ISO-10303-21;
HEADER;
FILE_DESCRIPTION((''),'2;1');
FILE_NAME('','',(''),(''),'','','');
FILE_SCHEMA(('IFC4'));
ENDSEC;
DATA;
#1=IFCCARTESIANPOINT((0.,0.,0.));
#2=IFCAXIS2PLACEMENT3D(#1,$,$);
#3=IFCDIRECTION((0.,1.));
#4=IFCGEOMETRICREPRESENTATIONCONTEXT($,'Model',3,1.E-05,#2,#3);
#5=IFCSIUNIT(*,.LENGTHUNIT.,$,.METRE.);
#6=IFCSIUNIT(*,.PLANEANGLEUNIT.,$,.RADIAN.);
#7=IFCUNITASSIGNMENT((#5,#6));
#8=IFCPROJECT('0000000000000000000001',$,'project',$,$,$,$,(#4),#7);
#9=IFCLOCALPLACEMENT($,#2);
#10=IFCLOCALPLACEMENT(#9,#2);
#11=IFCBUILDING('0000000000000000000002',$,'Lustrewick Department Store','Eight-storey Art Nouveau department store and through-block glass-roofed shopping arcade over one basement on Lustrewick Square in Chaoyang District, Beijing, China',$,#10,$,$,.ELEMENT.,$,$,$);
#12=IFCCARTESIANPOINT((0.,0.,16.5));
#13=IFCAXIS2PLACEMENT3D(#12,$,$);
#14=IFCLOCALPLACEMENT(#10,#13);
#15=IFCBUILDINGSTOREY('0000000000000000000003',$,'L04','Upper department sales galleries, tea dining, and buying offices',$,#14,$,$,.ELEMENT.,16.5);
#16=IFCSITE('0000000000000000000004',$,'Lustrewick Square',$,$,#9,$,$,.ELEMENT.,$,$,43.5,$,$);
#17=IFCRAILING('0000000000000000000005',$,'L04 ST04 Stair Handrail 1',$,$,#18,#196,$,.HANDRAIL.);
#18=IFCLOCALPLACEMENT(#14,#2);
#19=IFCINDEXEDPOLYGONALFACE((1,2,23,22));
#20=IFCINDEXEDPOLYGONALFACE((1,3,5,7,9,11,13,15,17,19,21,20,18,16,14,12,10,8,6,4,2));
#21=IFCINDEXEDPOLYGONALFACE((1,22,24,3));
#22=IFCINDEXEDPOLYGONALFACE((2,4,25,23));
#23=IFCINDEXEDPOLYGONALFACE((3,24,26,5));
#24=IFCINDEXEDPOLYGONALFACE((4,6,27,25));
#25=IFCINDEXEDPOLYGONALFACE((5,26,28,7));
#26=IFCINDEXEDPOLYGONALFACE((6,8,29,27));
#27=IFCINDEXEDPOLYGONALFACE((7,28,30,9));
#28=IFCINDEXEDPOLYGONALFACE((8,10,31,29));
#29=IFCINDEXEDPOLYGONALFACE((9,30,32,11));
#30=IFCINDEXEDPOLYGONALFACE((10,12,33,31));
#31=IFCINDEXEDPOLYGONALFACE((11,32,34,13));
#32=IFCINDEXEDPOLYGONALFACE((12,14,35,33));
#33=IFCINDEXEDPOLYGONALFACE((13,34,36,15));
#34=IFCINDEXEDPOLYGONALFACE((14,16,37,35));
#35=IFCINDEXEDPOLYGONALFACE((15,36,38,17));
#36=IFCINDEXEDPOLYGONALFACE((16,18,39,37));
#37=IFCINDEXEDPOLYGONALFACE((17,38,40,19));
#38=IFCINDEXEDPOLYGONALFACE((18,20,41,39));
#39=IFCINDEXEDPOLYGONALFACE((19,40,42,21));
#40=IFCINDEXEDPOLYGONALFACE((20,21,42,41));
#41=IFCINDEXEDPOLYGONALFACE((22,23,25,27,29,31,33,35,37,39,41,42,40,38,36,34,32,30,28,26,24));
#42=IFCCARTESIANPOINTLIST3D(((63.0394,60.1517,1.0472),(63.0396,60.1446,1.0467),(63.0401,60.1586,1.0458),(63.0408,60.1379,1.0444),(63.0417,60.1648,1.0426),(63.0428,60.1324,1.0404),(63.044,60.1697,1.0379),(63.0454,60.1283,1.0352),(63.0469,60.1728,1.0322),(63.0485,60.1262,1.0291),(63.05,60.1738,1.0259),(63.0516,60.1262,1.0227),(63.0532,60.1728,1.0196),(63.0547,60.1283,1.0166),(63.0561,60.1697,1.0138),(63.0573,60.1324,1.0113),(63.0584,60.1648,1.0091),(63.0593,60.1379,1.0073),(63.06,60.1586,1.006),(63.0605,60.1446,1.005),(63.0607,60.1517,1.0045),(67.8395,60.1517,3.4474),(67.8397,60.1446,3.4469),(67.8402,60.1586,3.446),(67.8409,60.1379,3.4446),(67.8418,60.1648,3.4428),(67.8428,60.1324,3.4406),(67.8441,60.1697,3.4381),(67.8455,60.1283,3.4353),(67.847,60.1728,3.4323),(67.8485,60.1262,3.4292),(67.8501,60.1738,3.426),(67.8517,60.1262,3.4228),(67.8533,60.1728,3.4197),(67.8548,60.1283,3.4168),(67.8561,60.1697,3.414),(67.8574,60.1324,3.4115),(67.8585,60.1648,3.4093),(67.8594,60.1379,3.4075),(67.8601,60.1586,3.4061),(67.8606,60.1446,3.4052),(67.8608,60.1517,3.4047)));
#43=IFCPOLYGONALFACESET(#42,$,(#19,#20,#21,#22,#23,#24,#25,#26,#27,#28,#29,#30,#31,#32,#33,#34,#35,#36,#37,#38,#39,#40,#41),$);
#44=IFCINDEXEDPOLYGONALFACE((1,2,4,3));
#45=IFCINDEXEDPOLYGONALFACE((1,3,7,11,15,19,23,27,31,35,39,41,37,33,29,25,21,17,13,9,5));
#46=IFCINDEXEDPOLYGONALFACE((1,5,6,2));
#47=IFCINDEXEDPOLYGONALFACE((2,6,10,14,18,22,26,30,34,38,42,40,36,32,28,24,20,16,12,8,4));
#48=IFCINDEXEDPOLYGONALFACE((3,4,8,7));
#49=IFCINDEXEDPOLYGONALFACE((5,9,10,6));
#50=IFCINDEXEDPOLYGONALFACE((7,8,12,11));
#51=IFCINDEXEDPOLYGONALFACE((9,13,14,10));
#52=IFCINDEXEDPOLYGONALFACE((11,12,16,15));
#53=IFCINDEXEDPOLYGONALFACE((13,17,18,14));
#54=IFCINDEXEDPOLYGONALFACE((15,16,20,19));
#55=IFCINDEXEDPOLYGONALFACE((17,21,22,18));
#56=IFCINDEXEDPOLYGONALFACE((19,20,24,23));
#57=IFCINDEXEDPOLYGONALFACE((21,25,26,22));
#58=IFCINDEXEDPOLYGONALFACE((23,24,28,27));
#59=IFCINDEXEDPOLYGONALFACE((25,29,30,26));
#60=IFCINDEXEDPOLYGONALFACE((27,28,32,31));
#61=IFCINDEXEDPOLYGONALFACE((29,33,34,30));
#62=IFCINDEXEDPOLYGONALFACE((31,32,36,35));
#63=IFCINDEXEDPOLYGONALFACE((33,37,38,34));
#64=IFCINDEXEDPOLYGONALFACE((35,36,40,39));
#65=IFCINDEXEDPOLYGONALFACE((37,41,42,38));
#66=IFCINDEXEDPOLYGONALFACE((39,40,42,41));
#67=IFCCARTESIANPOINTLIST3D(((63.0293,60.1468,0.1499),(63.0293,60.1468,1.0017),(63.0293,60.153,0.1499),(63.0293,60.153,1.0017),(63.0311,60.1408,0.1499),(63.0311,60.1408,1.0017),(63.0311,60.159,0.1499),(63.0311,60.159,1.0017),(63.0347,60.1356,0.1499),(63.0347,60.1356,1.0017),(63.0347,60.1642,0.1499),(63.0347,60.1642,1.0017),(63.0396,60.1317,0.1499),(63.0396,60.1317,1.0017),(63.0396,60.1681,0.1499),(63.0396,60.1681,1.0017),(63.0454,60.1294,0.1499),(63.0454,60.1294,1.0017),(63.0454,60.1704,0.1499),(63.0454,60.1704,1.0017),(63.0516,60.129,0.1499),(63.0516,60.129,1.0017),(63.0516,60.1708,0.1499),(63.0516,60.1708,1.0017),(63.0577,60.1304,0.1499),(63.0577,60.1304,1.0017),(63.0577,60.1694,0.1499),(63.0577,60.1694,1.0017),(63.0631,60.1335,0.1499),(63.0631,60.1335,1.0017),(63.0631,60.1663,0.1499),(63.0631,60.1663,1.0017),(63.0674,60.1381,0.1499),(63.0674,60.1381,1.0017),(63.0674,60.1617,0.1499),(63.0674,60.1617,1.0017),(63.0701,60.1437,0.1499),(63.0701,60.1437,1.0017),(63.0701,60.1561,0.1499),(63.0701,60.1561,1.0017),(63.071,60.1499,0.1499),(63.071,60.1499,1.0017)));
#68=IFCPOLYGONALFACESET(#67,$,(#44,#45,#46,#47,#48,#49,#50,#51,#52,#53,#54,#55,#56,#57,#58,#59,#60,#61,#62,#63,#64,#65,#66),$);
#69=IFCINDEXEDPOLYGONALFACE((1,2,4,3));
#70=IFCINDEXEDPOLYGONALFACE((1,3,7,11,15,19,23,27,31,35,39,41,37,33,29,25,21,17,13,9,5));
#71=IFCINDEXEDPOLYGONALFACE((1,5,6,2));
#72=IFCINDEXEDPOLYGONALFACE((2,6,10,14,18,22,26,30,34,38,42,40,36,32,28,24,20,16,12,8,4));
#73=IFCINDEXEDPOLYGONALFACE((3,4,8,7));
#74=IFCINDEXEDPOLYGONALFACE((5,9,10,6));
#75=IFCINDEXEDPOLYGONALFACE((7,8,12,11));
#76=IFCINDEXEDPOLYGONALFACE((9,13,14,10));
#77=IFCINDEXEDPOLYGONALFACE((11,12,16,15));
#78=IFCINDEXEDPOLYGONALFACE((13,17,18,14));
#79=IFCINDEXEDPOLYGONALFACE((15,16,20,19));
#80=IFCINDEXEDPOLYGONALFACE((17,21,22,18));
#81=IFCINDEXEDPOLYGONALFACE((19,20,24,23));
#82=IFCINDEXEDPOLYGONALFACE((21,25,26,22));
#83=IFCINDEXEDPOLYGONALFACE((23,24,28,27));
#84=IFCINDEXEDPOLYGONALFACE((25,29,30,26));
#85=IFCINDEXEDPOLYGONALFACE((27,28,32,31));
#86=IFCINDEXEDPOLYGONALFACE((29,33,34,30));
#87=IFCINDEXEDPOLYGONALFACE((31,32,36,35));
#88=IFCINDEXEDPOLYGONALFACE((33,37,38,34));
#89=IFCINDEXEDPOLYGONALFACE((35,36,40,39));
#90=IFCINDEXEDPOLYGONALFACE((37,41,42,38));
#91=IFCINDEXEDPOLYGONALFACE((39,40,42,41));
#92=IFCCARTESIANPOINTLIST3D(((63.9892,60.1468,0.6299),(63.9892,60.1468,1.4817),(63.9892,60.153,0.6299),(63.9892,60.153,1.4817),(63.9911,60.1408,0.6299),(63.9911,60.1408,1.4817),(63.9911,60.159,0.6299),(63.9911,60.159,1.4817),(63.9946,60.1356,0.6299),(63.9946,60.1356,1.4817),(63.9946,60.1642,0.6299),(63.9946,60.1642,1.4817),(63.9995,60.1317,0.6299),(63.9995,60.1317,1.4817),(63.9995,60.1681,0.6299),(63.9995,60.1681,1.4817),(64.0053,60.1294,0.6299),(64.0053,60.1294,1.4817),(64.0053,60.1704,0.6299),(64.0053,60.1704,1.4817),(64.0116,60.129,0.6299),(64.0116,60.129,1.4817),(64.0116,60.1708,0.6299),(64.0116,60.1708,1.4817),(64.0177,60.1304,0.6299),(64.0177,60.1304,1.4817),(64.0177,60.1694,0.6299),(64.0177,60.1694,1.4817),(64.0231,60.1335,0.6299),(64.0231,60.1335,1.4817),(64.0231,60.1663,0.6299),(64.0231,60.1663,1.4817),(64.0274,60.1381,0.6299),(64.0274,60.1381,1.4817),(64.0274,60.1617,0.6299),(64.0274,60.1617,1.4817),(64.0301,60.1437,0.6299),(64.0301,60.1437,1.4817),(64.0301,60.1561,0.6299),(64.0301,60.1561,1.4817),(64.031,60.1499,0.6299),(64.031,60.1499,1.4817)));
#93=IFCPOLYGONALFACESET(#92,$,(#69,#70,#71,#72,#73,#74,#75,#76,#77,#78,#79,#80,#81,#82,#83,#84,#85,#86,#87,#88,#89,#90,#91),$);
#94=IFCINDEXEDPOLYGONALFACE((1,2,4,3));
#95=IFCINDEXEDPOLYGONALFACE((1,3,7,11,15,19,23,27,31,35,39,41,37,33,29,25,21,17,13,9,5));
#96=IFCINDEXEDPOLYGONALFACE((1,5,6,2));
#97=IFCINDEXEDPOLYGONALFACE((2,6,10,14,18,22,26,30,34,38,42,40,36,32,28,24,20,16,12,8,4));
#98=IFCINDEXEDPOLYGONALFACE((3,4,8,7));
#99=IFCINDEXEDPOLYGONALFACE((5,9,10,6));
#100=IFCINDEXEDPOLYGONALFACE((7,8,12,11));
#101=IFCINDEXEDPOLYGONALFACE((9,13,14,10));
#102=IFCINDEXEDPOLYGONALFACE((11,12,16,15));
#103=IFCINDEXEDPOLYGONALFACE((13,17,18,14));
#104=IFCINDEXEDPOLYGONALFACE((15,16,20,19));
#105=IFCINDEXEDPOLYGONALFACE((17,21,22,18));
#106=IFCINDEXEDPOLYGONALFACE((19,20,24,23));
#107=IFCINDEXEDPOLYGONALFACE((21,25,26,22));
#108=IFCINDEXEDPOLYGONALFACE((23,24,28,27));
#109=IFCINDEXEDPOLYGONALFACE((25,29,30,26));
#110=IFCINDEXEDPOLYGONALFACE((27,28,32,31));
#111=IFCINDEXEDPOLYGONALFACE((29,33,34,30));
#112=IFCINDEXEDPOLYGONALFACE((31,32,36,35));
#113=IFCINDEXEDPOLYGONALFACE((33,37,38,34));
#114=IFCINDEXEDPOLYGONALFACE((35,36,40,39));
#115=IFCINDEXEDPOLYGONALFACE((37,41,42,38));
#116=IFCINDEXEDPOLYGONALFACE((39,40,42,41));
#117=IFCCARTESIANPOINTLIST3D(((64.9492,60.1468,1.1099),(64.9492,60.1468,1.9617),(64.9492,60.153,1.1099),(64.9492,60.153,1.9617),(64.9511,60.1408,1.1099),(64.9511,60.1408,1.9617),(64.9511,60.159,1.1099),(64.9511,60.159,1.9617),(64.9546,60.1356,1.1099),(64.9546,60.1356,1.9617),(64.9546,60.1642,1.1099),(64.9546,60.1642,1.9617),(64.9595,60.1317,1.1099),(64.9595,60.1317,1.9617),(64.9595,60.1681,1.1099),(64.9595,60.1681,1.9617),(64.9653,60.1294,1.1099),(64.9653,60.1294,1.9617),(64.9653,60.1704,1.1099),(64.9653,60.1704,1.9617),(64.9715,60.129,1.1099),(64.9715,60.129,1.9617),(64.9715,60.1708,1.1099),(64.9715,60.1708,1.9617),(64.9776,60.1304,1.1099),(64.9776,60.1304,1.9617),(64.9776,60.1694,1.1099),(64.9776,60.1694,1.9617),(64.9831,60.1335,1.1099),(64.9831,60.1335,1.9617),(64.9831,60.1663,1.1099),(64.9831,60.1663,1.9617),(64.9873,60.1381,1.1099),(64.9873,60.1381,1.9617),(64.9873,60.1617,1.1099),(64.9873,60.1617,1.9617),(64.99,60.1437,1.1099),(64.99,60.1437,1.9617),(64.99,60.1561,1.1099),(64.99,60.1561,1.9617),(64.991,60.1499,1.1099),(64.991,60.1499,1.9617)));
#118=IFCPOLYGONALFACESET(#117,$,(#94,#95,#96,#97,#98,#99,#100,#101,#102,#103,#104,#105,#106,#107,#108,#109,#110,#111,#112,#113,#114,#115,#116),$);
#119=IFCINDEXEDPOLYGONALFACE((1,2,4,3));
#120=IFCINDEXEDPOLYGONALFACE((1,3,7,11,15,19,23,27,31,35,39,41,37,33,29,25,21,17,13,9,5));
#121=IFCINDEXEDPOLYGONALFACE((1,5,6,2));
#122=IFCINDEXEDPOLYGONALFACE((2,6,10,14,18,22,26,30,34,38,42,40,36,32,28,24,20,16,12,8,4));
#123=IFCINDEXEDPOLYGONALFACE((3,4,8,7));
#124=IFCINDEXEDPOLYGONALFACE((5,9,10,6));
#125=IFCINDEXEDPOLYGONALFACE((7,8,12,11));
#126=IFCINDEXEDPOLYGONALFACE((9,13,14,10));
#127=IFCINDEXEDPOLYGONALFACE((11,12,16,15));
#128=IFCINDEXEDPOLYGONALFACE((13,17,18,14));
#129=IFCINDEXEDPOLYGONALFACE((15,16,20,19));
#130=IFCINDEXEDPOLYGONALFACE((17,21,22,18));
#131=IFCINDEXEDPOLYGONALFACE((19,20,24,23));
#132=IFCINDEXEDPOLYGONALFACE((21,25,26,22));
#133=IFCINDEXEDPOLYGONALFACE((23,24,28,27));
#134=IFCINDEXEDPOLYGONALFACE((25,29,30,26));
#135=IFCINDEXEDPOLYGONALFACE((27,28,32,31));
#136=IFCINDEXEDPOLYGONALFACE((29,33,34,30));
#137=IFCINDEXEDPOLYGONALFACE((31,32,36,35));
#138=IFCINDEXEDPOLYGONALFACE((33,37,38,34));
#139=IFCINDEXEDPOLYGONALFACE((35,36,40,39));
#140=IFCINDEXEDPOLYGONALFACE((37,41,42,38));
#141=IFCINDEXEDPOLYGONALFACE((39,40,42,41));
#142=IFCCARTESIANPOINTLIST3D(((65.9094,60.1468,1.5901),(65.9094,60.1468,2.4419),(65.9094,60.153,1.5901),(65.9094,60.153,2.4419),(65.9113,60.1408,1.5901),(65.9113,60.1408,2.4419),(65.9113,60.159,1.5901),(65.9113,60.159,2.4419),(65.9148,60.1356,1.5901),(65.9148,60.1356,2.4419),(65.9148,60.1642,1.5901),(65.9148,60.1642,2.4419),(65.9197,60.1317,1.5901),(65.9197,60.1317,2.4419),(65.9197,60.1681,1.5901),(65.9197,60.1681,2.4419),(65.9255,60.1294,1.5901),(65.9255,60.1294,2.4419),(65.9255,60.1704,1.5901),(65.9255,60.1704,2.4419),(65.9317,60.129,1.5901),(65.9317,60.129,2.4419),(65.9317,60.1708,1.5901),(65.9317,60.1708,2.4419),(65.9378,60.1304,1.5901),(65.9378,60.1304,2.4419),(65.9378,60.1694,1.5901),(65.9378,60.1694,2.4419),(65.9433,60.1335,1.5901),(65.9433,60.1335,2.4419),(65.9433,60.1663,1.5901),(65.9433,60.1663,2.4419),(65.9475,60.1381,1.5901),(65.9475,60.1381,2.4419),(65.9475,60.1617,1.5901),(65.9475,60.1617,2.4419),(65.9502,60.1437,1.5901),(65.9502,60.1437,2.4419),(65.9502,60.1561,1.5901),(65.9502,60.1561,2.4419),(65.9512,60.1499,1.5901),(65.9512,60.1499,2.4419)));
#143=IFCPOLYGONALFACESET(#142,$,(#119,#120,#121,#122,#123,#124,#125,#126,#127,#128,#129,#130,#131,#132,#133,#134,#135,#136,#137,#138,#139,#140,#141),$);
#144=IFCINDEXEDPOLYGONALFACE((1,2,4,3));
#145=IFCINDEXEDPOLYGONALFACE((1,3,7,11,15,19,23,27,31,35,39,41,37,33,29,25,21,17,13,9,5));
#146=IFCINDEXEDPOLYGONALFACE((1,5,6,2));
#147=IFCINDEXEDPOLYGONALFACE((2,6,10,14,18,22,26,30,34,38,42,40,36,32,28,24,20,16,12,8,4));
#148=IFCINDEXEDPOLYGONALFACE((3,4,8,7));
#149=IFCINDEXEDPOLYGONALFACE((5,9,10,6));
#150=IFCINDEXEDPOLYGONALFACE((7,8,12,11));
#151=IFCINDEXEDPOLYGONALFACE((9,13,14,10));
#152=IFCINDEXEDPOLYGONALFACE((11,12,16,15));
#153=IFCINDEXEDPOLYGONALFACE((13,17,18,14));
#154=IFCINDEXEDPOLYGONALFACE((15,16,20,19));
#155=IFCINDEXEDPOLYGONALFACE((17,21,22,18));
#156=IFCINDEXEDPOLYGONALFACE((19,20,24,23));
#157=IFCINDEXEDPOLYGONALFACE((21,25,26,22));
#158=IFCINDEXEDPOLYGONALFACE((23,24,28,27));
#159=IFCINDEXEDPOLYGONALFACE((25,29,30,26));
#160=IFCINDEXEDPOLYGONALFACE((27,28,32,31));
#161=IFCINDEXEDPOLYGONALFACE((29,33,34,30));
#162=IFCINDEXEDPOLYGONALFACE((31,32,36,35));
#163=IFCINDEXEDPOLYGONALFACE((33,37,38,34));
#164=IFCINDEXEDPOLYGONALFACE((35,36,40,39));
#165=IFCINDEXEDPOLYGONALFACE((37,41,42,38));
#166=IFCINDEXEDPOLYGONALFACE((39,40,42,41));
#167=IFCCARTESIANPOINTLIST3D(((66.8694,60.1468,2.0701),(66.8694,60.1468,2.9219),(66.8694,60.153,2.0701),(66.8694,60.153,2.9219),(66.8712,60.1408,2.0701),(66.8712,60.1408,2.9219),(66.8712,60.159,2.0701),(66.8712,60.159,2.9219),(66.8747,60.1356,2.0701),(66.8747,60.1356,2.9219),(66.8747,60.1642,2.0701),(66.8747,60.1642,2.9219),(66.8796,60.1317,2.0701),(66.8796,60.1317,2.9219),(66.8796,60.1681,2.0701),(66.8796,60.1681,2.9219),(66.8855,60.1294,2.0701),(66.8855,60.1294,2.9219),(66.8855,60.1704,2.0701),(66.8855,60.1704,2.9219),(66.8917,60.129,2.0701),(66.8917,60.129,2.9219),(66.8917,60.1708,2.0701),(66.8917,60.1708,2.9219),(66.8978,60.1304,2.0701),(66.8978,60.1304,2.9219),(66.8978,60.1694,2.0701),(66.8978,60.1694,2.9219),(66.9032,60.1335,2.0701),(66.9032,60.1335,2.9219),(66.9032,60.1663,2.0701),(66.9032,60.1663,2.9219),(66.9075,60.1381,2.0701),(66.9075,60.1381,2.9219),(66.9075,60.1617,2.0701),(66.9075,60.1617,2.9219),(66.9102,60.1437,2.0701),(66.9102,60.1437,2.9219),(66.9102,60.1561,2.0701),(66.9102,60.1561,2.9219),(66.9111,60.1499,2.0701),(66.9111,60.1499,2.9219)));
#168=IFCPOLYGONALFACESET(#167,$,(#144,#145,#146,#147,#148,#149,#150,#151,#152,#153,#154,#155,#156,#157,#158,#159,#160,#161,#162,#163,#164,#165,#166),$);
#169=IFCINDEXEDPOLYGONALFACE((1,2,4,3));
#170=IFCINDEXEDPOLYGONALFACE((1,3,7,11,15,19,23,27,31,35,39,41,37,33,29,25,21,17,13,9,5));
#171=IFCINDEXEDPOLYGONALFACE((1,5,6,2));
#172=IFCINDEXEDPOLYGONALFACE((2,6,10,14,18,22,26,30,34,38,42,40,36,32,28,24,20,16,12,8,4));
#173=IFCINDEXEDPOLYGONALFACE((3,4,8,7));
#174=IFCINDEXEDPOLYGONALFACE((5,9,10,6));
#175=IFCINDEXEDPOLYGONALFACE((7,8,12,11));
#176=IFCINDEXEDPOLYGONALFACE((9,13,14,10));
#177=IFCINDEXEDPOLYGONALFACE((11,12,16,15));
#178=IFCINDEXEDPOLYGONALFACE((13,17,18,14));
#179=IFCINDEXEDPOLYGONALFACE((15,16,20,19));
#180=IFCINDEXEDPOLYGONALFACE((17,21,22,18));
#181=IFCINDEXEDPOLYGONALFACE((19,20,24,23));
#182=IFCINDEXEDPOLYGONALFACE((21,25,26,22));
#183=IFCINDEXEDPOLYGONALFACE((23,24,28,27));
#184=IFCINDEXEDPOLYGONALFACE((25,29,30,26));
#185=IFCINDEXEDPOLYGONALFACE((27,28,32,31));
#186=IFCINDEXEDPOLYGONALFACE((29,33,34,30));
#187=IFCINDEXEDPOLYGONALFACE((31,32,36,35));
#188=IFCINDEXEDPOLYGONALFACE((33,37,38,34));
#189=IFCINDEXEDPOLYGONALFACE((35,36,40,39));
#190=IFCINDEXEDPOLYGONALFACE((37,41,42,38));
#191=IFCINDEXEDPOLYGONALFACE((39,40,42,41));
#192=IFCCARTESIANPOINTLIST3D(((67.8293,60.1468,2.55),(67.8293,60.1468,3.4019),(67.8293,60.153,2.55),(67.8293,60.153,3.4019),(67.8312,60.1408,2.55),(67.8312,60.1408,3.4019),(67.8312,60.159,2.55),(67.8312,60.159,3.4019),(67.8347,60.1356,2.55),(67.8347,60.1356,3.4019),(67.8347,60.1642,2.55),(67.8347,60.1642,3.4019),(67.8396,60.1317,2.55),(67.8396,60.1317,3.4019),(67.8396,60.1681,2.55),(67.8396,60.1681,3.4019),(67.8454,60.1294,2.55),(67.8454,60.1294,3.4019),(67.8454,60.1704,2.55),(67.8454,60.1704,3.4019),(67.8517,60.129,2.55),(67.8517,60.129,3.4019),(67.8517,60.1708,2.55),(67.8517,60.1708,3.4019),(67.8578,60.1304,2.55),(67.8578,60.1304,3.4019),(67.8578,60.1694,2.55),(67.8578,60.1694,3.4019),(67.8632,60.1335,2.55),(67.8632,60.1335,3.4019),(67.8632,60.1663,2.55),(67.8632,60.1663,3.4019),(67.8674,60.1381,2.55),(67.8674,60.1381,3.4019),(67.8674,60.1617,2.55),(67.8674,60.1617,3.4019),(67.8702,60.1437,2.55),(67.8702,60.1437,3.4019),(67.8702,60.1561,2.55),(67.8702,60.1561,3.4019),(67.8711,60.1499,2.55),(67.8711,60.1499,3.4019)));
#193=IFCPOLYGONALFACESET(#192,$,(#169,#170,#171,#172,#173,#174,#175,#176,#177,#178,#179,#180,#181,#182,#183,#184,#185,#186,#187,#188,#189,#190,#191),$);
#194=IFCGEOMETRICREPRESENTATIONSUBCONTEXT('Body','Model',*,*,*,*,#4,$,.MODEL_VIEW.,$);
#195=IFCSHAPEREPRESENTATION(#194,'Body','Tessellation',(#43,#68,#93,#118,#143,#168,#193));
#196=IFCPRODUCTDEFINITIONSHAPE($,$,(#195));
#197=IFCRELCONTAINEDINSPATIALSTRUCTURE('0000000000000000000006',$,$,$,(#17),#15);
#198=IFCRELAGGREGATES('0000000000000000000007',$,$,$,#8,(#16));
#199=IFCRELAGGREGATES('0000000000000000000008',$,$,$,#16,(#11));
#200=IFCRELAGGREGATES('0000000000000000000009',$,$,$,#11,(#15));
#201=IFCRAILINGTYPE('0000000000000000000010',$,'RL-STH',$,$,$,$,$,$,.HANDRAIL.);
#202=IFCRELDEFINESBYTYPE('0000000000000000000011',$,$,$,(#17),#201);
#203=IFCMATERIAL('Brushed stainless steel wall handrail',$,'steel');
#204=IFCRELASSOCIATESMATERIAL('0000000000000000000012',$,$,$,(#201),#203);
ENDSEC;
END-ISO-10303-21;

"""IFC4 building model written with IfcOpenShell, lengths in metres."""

from ifc_helpers import new_model, si_unit, direction, frame, origin, origin_2d, place, context, subcontext, project, spatial, circle, extrude, material, type_object, element, save


model = new_model("IFC4")

# Units and contexts
model_context = context("Model", 3, precision=1e-05, world=origin(), true_north=direction((0.0, 1.0)))
body_context = subcontext(model_context, "Body", "Model", "MODEL_VIEW")
ifc_project = project(units=[si_unit("LENGTHUNIT", "METRE"), si_unit("PLANEANGLEUNIT", "RADIAN")], contexts=[model_context])

# Site, building, storey
site_placement = place(None, origin())
site = spatial("IfcSite", under=ifc_project, at=site_placement, Name="Lustrewick Square", CompositionType="ELEMENT", RefElevation=43.5)
building_placement = place(site_placement, origin())
building = spatial("IfcBuilding", under=site, at=building_placement, Name="Lustrewick Department Store", Description="Eight-storey Art Nouveau department store and through-block glass-roofed shopping arcade over one basement on Lustrewick Square in Chaoyang District, Beijing, China", CompositionType="ELEMENT")
storey_placement = place(building_placement, frame((0.0, 0.0, 16.5)))
storey = spatial("IfcBuildingStorey", under=building, at=storey_placement, Name="L04", Description="Upper department sales galleries, tea dining, and buying offices", CompositionType="ELEMENT", Elevation=16.5)

# Railing
ifc_material_1 = material(Name="Brushed stainless steel wall handrail", Category="steel")
railing_type_1 = type_object("IfcRailingType", Name="RL-STH", PredefinedType="HANDRAIL", material=ifc_material_1)
railing_1_placement = place(storey_placement, frame((63.05, 60.1499, 0.1499)))
element("IfcRailing", 1, at=railing_1_placement, inside=storey, type_object=railing_type_1, Name="L04 ST04 Stair Handrail 1", PredefinedType="HANDRAIL", context=body_context, shape_type="SweptSolid", body=[
    extrude(circle(Radius=0.0239, at=origin_2d()), frame((0.0, 0.0, 0.876), z_axis=(0.894418, 0.0, 0.447232), x_axis=(0.0, 1.0, 0.0)), (0.0, 0.0, 1.0), 5.3667),
    extrude(circle(Radius=0.021, at=origin_2d()), origin(), (0.0, 0.0, 1.0), 0.8518),
    extrude(circle(Radius=0.021, at=origin_2d()), frame((0.96, 0.0, 0.48)), (0.0, 0.0, 1.0), 0.8518),
    extrude(circle(Radius=0.021, at=origin_2d()), frame((1.9199, 0.0, 0.96)), (0.0, 0.0, 1.0), 0.8518),
    extrude(circle(Radius=0.021, at=origin_2d()), frame((2.8801, 0.0, 1.4402)), (0.0, 0.0, 1.0), 0.8518),
    extrude(circle(Radius=0.021, at=origin_2d()), frame((3.8401, 0.0, 1.9202)), (0.0, 0.0, 1.0), 0.8518),
    extrude(circle(Radius=0.021, at=origin_2d()), frame((4.8, 0.0, 2.4001)), (0.0, 0.0, 1.0), 0.8518),
])

save(model, "model.ifc")
